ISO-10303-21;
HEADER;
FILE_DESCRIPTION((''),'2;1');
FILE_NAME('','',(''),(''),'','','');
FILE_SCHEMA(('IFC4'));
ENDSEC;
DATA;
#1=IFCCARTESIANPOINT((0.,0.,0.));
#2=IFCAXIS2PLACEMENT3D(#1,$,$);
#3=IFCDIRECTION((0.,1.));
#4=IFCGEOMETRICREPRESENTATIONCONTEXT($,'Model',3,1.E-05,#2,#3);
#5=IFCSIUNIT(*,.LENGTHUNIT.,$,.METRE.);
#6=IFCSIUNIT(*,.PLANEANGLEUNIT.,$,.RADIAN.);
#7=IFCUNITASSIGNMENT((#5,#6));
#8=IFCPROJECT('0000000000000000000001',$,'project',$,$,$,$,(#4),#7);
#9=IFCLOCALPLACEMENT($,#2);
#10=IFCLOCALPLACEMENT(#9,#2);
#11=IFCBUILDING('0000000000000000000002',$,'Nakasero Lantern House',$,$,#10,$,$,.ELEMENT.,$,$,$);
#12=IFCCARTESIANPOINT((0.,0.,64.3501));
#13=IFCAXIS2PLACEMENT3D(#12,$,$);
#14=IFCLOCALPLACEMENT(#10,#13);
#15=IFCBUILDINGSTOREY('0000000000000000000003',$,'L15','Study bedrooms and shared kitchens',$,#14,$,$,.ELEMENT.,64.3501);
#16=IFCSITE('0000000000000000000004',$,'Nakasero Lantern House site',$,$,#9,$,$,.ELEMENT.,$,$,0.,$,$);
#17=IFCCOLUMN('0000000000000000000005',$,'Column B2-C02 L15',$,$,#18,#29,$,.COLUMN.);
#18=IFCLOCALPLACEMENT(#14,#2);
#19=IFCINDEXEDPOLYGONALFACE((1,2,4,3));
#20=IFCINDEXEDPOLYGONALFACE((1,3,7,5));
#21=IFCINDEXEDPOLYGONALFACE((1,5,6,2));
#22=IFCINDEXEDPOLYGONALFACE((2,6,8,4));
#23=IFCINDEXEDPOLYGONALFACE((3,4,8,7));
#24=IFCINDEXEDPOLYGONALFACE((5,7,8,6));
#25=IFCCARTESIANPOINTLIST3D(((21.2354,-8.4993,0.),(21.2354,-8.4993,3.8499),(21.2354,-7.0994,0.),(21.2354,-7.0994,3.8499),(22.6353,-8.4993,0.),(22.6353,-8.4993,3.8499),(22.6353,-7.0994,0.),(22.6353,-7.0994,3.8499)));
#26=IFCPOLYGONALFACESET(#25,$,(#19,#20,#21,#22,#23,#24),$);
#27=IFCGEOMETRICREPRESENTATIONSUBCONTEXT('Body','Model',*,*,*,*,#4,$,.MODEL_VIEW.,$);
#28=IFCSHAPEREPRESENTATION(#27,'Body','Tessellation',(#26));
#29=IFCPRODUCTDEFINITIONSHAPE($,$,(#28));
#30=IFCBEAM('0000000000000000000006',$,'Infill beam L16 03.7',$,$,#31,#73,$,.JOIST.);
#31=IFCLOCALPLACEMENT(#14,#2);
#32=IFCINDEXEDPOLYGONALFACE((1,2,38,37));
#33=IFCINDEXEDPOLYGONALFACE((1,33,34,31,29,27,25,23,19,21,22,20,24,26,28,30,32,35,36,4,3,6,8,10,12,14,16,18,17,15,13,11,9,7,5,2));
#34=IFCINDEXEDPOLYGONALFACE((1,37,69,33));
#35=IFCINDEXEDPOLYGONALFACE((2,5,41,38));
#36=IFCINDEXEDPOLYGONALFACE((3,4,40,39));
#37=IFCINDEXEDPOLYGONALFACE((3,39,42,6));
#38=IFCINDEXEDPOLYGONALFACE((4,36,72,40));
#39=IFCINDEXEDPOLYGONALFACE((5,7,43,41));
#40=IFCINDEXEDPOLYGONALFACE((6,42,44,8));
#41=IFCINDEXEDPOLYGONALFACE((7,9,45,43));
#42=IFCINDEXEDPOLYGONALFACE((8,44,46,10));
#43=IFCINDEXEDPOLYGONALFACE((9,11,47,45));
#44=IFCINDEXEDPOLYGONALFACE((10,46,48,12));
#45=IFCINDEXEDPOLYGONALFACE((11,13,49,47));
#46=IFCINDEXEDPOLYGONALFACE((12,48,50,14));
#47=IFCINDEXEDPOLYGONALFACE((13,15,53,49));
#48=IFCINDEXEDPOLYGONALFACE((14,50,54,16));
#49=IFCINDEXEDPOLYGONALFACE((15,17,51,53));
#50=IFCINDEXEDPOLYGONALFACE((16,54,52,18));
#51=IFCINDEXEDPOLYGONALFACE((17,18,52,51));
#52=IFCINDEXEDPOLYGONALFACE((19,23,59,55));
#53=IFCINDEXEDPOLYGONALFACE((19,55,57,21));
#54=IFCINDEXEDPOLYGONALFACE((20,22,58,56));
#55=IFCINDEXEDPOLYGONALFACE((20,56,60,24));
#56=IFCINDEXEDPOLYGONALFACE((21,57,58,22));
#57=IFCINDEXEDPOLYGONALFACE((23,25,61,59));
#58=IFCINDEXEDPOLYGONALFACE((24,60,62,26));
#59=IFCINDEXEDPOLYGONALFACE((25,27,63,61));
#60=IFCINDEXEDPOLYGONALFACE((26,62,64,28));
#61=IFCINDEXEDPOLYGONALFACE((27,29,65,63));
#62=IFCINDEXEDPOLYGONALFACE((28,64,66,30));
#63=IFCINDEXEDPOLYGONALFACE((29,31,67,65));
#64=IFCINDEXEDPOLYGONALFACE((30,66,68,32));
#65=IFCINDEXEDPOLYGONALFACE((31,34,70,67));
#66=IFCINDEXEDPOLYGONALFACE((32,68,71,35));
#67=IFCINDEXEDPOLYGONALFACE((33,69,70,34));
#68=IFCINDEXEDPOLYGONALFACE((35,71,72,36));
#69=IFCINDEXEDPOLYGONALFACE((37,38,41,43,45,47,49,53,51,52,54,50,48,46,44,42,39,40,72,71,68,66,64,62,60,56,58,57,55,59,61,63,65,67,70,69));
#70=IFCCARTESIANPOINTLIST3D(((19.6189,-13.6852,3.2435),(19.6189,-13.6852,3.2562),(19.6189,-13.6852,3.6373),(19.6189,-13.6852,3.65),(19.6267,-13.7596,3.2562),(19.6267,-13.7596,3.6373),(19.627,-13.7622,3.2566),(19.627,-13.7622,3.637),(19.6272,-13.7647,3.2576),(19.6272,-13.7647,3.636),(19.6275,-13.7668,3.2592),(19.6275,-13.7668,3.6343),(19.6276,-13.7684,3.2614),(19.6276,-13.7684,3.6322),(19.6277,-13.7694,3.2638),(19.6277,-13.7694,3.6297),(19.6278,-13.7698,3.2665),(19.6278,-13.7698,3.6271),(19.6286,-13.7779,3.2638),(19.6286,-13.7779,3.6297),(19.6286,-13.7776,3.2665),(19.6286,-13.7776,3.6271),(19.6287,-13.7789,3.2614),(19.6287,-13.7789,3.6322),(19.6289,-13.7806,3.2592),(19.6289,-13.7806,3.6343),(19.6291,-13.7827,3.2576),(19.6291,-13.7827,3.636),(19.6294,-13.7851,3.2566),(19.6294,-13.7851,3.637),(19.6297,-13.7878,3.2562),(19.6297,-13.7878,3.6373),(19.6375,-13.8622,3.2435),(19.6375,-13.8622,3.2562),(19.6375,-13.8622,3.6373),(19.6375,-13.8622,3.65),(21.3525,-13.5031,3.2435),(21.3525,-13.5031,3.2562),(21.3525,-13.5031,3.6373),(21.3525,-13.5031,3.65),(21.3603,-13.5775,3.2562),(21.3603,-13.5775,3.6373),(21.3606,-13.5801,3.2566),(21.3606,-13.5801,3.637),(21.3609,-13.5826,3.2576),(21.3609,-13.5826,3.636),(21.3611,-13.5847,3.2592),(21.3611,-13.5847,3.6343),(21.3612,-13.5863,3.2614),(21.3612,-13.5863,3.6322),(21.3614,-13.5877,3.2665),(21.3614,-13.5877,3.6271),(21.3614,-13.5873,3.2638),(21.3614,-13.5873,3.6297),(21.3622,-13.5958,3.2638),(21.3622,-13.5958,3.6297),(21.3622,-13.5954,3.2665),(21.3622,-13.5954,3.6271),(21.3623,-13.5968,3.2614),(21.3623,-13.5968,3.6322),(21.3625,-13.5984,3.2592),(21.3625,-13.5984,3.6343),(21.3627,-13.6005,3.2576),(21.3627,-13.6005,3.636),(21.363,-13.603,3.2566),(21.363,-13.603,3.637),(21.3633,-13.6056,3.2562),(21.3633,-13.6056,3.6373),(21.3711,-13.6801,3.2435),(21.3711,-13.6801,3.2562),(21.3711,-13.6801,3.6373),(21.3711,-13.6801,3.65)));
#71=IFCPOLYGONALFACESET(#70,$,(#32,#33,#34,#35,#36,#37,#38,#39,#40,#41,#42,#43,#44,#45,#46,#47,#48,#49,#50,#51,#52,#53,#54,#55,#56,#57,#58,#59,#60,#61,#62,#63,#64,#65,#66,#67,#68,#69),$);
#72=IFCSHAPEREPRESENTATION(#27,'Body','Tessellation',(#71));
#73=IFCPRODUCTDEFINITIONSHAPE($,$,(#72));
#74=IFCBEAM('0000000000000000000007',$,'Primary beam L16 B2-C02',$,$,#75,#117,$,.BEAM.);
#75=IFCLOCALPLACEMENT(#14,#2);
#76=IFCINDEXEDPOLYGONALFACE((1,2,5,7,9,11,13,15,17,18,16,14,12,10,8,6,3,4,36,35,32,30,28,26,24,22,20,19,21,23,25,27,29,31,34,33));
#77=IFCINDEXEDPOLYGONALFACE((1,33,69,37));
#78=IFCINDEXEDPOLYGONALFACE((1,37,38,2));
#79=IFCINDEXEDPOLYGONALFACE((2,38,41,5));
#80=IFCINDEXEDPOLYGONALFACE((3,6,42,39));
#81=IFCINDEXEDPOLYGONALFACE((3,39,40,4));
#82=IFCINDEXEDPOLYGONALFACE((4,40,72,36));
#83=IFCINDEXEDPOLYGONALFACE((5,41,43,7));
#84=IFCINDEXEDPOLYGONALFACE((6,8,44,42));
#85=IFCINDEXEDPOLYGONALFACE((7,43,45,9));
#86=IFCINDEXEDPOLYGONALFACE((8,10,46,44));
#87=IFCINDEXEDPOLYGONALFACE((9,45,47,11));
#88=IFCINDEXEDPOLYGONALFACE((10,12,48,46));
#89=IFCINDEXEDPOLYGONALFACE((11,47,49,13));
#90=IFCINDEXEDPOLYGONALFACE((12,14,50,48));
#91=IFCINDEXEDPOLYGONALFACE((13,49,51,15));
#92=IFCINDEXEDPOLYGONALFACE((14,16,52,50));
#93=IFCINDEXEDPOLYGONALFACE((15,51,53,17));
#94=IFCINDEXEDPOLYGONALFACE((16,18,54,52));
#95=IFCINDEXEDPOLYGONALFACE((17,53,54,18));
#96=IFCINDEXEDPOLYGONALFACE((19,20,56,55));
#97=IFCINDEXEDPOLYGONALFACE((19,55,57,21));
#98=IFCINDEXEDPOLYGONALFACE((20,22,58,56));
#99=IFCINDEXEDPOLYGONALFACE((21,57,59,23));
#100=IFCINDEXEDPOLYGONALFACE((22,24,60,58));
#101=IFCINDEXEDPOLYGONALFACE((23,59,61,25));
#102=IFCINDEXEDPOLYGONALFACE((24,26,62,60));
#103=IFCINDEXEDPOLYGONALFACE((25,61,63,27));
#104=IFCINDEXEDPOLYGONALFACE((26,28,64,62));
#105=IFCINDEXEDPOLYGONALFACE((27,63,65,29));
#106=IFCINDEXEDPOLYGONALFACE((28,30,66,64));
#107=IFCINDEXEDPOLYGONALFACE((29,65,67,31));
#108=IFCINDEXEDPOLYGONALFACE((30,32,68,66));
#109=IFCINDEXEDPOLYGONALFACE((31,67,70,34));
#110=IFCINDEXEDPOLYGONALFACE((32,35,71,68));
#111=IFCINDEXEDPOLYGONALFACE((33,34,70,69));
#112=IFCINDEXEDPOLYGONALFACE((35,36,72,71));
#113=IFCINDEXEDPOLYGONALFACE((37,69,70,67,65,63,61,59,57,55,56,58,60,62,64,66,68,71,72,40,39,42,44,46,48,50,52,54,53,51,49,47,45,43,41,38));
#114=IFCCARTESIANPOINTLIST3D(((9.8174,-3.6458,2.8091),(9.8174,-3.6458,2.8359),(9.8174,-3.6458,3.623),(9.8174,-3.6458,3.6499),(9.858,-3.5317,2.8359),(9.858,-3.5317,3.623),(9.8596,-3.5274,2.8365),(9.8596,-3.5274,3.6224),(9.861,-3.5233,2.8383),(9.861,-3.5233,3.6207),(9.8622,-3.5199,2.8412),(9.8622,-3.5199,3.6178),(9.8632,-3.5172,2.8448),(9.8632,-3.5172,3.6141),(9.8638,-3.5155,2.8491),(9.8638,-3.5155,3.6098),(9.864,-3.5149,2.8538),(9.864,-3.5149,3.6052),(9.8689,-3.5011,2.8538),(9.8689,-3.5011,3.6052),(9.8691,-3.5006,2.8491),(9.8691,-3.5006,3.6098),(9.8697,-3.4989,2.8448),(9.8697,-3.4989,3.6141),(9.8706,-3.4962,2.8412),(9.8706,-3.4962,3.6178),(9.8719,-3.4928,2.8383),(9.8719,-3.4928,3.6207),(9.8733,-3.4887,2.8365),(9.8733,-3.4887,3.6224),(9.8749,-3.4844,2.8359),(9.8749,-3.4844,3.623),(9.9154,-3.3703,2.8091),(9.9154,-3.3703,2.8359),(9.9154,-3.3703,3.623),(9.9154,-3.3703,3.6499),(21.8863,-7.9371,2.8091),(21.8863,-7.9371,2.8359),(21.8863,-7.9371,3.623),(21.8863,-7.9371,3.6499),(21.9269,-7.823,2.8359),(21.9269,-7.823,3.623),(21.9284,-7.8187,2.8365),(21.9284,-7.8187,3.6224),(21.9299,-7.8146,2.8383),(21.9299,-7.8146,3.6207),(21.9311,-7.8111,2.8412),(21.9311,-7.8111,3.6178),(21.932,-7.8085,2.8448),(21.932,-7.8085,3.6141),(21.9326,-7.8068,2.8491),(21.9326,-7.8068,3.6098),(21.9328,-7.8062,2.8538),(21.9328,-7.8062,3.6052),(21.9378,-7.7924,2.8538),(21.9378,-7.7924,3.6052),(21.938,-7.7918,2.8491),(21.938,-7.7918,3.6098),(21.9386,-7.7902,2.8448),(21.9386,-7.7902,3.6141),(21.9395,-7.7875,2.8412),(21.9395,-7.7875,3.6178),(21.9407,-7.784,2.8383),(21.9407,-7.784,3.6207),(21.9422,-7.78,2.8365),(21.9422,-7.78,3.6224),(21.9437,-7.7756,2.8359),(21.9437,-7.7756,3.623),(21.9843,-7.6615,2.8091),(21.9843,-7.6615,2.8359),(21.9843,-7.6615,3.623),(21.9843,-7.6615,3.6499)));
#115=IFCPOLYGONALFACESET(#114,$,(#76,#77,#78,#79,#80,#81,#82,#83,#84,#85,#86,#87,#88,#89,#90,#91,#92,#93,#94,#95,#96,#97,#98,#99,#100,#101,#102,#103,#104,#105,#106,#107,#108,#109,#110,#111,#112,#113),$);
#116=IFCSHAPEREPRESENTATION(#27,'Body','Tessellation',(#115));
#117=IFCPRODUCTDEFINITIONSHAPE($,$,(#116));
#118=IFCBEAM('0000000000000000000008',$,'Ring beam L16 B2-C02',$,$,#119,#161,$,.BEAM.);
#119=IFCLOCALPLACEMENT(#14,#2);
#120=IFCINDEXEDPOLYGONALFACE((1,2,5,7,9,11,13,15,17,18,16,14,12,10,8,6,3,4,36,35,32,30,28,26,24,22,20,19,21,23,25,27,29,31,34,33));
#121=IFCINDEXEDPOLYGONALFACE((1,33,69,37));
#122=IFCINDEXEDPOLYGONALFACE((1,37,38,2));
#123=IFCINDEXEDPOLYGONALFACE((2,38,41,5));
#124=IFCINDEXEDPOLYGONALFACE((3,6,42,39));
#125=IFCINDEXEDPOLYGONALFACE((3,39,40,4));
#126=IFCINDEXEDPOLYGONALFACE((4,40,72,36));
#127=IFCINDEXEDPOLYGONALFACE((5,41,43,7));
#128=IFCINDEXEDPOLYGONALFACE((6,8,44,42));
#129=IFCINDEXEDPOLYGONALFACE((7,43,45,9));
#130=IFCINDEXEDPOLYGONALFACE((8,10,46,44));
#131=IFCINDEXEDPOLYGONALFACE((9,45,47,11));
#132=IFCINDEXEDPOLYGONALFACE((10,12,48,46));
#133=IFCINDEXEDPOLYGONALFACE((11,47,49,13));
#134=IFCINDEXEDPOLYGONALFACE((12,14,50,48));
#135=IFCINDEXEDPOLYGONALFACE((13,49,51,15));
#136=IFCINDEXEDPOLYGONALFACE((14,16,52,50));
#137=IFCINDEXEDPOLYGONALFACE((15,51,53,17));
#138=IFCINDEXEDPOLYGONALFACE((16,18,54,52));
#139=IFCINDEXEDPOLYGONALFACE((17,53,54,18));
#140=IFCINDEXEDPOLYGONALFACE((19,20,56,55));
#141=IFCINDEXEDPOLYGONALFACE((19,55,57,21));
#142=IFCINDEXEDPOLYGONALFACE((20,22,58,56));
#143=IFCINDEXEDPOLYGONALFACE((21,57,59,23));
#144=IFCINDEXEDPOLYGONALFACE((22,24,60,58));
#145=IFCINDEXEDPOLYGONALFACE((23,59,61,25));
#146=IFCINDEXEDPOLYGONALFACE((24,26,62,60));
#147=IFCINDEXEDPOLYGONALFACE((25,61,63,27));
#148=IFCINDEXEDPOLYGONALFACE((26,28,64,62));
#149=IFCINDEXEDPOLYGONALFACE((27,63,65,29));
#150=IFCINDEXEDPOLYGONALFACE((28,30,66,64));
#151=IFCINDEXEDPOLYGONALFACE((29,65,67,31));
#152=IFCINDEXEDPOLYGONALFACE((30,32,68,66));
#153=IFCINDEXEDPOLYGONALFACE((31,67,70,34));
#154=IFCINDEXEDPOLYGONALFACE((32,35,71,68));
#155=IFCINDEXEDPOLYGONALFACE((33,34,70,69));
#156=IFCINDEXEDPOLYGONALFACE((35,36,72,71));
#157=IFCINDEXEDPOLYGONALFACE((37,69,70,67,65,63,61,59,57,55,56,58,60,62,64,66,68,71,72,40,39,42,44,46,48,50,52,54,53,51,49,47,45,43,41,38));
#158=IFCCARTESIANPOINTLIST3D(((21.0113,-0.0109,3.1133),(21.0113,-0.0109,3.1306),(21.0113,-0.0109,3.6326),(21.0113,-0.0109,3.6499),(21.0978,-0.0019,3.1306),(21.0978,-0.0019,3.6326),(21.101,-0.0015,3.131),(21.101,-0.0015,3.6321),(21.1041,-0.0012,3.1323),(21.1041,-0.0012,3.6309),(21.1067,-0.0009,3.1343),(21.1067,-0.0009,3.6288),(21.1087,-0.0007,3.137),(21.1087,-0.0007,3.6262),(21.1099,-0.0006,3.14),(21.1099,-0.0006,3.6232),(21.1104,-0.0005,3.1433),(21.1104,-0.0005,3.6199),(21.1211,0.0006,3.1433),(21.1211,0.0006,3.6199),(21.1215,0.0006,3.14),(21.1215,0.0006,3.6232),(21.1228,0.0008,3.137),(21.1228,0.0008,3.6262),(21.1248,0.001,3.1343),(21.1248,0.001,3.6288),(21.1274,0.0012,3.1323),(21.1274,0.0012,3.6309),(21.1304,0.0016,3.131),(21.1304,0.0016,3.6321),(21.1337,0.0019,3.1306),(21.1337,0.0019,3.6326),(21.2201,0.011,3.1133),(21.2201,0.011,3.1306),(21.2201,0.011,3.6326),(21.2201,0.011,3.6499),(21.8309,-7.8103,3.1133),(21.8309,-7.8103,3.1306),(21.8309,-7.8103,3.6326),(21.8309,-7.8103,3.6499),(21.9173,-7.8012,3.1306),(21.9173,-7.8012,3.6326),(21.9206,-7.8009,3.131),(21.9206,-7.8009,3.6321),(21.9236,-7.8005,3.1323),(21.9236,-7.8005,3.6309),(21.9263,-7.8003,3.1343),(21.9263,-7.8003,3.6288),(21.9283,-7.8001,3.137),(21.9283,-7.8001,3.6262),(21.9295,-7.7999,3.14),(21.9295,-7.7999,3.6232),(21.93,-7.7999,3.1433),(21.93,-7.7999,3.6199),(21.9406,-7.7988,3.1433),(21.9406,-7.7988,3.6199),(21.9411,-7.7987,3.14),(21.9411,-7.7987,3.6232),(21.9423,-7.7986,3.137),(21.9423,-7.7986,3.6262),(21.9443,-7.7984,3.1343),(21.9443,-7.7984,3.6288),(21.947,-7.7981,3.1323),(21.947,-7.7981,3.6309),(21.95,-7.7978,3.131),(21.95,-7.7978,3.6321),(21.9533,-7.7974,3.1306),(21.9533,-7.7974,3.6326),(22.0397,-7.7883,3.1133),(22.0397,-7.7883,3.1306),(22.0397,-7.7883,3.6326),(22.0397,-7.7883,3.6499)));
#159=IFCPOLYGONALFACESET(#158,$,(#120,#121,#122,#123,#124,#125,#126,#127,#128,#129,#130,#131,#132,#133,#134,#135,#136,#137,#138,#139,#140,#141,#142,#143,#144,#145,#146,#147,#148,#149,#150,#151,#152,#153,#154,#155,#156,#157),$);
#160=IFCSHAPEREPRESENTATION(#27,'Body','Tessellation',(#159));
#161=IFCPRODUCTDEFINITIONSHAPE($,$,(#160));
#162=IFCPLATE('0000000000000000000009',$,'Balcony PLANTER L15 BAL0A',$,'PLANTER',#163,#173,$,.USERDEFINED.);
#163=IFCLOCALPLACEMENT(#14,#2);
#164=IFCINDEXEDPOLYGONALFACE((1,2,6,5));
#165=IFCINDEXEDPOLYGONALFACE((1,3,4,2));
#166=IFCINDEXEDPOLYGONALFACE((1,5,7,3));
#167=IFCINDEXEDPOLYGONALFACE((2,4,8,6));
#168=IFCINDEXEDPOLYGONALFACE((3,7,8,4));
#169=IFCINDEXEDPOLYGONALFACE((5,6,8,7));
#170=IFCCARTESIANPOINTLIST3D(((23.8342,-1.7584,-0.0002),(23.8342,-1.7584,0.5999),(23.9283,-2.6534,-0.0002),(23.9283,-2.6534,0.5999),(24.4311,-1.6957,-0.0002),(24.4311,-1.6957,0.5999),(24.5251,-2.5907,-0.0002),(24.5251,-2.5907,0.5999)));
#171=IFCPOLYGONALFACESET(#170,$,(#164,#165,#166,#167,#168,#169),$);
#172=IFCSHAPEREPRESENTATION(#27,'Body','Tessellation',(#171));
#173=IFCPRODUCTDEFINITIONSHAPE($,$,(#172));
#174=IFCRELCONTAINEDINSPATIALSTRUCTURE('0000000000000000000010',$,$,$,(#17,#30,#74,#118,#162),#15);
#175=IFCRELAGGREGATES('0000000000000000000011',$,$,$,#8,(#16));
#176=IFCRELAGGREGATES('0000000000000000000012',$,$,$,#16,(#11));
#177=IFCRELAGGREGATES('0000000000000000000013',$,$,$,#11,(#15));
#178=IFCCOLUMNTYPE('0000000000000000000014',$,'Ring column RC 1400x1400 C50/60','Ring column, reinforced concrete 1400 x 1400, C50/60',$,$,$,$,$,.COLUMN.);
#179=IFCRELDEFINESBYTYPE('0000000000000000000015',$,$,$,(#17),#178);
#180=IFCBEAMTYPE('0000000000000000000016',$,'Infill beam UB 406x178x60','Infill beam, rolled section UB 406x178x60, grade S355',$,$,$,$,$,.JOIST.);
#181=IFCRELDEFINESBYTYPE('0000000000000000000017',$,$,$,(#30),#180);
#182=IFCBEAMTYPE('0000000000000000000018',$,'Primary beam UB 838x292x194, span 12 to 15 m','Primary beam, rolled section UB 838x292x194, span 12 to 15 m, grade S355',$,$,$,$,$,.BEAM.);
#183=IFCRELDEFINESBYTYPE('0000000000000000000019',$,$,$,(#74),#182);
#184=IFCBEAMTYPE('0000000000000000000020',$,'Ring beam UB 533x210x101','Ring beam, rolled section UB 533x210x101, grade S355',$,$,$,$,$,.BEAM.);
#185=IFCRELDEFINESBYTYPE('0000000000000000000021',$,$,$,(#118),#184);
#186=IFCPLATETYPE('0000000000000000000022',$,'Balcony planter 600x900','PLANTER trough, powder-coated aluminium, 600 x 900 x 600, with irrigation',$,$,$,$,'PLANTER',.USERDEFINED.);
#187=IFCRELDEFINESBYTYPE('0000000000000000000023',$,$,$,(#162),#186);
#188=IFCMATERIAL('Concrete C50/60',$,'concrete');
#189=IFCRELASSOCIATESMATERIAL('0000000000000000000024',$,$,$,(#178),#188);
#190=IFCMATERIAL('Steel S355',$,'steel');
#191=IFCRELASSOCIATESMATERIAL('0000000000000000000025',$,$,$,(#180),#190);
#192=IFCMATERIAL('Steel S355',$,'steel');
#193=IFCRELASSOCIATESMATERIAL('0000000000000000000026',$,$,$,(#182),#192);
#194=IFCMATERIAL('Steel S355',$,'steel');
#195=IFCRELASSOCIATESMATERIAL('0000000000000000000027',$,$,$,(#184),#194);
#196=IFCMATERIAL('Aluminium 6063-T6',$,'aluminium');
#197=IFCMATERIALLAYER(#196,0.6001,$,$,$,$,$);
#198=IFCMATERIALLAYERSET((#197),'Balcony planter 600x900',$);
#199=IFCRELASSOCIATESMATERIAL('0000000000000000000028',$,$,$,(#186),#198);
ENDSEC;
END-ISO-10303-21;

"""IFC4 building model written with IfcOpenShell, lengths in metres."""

from ifc_helpers import new_model, si_unit, direction, frame, origin, origin_2d, place, context, subcontext, project, spatial, rectangle, i_section, extrude, material, layer, layer_set, material_profile, profile_set, type_object, element, save


model = new_model("IFC4")

# Units and contexts
model_context = context("Model", 3, precision=1e-05, world=origin(), true_north=direction((0.0, 1.0)))
body_context = subcontext(model_context, "Body", "Model", "MODEL_VIEW")
ifc_project = project(units=[si_unit("LENGTHUNIT", "METRE"), si_unit("PLANEANGLEUNIT", "RADIAN")], contexts=[model_context])

# Site, building, storey
site_placement = place(None, origin())
site = spatial("IfcSite", under=ifc_project, at=site_placement, Name="Nakasero Lantern House site", CompositionType="ELEMENT", RefElevation=0.0)
building_placement = place(site_placement, origin())
building = spatial("IfcBuilding", under=site, at=building_placement, Name="Nakasero Lantern House", CompositionType="ELEMENT")
storey_placement = place(building_placement, frame((0.0, 0.0, 64.3501)))
storey = spatial("IfcBuildingStorey", under=building, at=storey_placement, Name="L15", Description="Study bedrooms and shared kitchens", CompositionType="ELEMENT", Elevation=64.3501)

# Column
ifc_material_1 = material(Name="Concrete C50/60", Category="concrete")
ifc_material_profile_1 = material_profile(ifc_material_1, rectangle(XDim=1.3999, YDim=1.3999, at=origin_2d()), Name="RC 1400x1400")
ifc_profile_set_1 = profile_set([ifc_material_profile_1], Name="Concrete C50/60")
column_type = type_object("IfcColumnType", Name="Ring column RC 1400x1400 C50/60", Description="Ring column, reinforced concrete 1400 x 1400, C50/60", PredefinedType="COLUMN", material=ifc_profile_set_1)
column_placement = place(storey_placement, frame((21.9353, -7.7993, 0.0), z_axis=(0.0, 0.0, 1.0), x_axis=(1.0, 0.0, 0.0)))
element("IfcColumn", 1, at=column_placement, inside=storey, type_object=column_type, Name="Column B2-C02 L15", PredefinedType="COLUMN", context=body_context, shape_type="SweptSolid", body=[
    extrude(rectangle(XDim=1.3999, YDim=1.3999, at=origin_2d()), origin(), (0.0, 0.0, 1.0), 3.8499),
])

# Beams
ifc_material_2 = material(Name="Steel S355", Category="steel")
ifc_material_profile_2 = material_profile(ifc_material_2, i_section(OverallWidth=0.178, OverallDepth=0.4065, WebThickness=0.0078, FlangeThickness=0.0127, FilletRadius=0.0103, at=origin_2d()), Name="UB 406x178x60")
ifc_profile_set_2 = profile_set([ifc_material_profile_2], Name="Steel S355")
beam_type_1 = type_object("IfcBeamType", Name="Infill beam UB 406x178x60", Description="Infill beam, rolled section UB 406x178x60, grade S355", PredefinedType="JOIST", material=ifc_profile_set_2)
beam_1_placement = place(storey_placement, frame((19.6282, -13.7737, 3.4468), z_axis=(0.994527, 0.104481, 0.0), x_axis=(-0.104481, 0.994527, 0.0)))
element("IfcBeam", 2, at=beam_1_placement, inside=storey, type_object=beam_type_1, Name="Infill beam L16 03.7", PredefinedType="JOIST", context=body_context, shape_type="SweptSolid", body=[
    extrude(i_section(OverallWidth=0.178, OverallDepth=0.4065, WebThickness=0.0078, FlangeThickness=0.0127, FilletRadius=0.0103, at=origin_2d()), origin(), (0.0, 0.0, 1.0), 1.7432),
])
ifc_material_3 = material(Name="Steel S355", Category="steel")
ifc_material_profile_3 = material_profile(ifc_material_3, i_section(OverallWidth=0.2925, OverallDepth=0.8408, WebThickness=0.0146, FlangeThickness=0.0269, FilletRadius=0.0178, at=origin_2d()), Name="UB 838x292x194")
ifc_profile_set_3 = profile_set([ifc_material_profile_3], Name="Steel S355")
beam_type_2 = type_object("IfcBeamType", Name="Primary beam UB 838x292x194, span 12 to 15 m", Description="Primary beam, rolled section UB 838x292x194, span 12 to 15 m, grade S355", PredefinedType="BEAM", material=ifc_profile_set_3)
beam_2_placement = place(storey_placement, frame((21.9353, -7.7993, 3.2295), z_axis=(-0.942212, 0.335018, 0.0), x_axis=(-0.335018, -0.942212, 0.0)))
element("IfcBeam", 3, at=beam_2_placement, inside=storey, type_object=beam_type_2, Name="Primary beam L16 B2-C02", PredefinedType="BEAM", context=body_context, shape_type="SweptSolid", body=[
    extrude(i_section(OverallWidth=0.2925, OverallDepth=0.8408, WebThickness=0.0146, FlangeThickness=0.0269, FilletRadius=0.0178, at=origin_2d()), origin(), (0.0, 0.0, 1.0), 12.8091),
])
ifc_material_4 = material(Name="Steel S355", Category="steel")
ifc_material_profile_4 = material_profile(ifc_material_4, i_section(OverallWidth=0.21, OverallDepth=0.5366, WebThickness=0.0107, FlangeThickness=0.0173, FilletRadius=0.0127, at=origin_2d()), Name="UB 533x210x101")
ifc_profile_set_4 = profile_set([ifc_material_profile_4], Name="Steel S355")
beam_type_3 = type_object("IfcBeamType", Name="Ring beam UB 533x210x101", Description="Ring beam, rolled section UB 533x210x101, grade S355", PredefinedType="BEAM", material=ifc_profile_set_4)
beam_3_placement = place(storey_placement, frame((21.9353, -7.7993, 3.3816), z_axis=(-0.104508, 0.994524, 0.0), x_axis=(-0.994524, -0.104508, 0.0)))
element("IfcBeam", 4, at=beam_3_placement, inside=storey, type_object=beam_type_3, Name="Ring beam L16 B2-C02", PredefinedType="BEAM", context=body_context, shape_type="SweptSolid", body=[
    extrude(i_section(OverallWidth=0.21, OverallDepth=0.5366, WebThickness=0.0107, FlangeThickness=0.0173, FilletRadius=0.0127, at=origin_2d()), origin(), (0.0, 0.0, 1.0), 7.8423),
])

# Plate
ifc_material_5 = material(Name="Aluminium 6063-T6", Category="aluminium")
ifc_layer_1 = layer(ifc_material_5, 0.6001)
ifc_layer_set_1 = layer_set([ifc_layer_1], Name="Balcony planter 600x900")
plate_type_1 = type_object("IfcPlateType", Name="Balcony planter 600x900", Description="PLANTER trough, powder-coated aluminium, 600 x 900 x 600, with irrigation", ElementType="PLANTER", PredefinedType="USERDEFINED", material=ifc_layer_set_1)
plate_1_placement = place(storey_placement, frame((24.1797, -2.1746, -0.0002), z_axis=(0.0, 0.0, 1.0), x_axis=(0.994522, 0.104528, 0.0)))
element("IfcPlate", 5, at=plate_1_placement, inside=storey, type_object=plate_type_1, Name="Balcony PLANTER L15 BAL0A", ObjectType="PLANTER", PredefinedType="USERDEFINED", context=body_context, shape_type="SweptSolid", body=[
    extrude(rectangle(XDim=0.6001, YDim=0.8999, at=origin_2d()), origin(), (0.0, 0.0, 1.0), 0.6001),
])

save(model, "model.ifc")
